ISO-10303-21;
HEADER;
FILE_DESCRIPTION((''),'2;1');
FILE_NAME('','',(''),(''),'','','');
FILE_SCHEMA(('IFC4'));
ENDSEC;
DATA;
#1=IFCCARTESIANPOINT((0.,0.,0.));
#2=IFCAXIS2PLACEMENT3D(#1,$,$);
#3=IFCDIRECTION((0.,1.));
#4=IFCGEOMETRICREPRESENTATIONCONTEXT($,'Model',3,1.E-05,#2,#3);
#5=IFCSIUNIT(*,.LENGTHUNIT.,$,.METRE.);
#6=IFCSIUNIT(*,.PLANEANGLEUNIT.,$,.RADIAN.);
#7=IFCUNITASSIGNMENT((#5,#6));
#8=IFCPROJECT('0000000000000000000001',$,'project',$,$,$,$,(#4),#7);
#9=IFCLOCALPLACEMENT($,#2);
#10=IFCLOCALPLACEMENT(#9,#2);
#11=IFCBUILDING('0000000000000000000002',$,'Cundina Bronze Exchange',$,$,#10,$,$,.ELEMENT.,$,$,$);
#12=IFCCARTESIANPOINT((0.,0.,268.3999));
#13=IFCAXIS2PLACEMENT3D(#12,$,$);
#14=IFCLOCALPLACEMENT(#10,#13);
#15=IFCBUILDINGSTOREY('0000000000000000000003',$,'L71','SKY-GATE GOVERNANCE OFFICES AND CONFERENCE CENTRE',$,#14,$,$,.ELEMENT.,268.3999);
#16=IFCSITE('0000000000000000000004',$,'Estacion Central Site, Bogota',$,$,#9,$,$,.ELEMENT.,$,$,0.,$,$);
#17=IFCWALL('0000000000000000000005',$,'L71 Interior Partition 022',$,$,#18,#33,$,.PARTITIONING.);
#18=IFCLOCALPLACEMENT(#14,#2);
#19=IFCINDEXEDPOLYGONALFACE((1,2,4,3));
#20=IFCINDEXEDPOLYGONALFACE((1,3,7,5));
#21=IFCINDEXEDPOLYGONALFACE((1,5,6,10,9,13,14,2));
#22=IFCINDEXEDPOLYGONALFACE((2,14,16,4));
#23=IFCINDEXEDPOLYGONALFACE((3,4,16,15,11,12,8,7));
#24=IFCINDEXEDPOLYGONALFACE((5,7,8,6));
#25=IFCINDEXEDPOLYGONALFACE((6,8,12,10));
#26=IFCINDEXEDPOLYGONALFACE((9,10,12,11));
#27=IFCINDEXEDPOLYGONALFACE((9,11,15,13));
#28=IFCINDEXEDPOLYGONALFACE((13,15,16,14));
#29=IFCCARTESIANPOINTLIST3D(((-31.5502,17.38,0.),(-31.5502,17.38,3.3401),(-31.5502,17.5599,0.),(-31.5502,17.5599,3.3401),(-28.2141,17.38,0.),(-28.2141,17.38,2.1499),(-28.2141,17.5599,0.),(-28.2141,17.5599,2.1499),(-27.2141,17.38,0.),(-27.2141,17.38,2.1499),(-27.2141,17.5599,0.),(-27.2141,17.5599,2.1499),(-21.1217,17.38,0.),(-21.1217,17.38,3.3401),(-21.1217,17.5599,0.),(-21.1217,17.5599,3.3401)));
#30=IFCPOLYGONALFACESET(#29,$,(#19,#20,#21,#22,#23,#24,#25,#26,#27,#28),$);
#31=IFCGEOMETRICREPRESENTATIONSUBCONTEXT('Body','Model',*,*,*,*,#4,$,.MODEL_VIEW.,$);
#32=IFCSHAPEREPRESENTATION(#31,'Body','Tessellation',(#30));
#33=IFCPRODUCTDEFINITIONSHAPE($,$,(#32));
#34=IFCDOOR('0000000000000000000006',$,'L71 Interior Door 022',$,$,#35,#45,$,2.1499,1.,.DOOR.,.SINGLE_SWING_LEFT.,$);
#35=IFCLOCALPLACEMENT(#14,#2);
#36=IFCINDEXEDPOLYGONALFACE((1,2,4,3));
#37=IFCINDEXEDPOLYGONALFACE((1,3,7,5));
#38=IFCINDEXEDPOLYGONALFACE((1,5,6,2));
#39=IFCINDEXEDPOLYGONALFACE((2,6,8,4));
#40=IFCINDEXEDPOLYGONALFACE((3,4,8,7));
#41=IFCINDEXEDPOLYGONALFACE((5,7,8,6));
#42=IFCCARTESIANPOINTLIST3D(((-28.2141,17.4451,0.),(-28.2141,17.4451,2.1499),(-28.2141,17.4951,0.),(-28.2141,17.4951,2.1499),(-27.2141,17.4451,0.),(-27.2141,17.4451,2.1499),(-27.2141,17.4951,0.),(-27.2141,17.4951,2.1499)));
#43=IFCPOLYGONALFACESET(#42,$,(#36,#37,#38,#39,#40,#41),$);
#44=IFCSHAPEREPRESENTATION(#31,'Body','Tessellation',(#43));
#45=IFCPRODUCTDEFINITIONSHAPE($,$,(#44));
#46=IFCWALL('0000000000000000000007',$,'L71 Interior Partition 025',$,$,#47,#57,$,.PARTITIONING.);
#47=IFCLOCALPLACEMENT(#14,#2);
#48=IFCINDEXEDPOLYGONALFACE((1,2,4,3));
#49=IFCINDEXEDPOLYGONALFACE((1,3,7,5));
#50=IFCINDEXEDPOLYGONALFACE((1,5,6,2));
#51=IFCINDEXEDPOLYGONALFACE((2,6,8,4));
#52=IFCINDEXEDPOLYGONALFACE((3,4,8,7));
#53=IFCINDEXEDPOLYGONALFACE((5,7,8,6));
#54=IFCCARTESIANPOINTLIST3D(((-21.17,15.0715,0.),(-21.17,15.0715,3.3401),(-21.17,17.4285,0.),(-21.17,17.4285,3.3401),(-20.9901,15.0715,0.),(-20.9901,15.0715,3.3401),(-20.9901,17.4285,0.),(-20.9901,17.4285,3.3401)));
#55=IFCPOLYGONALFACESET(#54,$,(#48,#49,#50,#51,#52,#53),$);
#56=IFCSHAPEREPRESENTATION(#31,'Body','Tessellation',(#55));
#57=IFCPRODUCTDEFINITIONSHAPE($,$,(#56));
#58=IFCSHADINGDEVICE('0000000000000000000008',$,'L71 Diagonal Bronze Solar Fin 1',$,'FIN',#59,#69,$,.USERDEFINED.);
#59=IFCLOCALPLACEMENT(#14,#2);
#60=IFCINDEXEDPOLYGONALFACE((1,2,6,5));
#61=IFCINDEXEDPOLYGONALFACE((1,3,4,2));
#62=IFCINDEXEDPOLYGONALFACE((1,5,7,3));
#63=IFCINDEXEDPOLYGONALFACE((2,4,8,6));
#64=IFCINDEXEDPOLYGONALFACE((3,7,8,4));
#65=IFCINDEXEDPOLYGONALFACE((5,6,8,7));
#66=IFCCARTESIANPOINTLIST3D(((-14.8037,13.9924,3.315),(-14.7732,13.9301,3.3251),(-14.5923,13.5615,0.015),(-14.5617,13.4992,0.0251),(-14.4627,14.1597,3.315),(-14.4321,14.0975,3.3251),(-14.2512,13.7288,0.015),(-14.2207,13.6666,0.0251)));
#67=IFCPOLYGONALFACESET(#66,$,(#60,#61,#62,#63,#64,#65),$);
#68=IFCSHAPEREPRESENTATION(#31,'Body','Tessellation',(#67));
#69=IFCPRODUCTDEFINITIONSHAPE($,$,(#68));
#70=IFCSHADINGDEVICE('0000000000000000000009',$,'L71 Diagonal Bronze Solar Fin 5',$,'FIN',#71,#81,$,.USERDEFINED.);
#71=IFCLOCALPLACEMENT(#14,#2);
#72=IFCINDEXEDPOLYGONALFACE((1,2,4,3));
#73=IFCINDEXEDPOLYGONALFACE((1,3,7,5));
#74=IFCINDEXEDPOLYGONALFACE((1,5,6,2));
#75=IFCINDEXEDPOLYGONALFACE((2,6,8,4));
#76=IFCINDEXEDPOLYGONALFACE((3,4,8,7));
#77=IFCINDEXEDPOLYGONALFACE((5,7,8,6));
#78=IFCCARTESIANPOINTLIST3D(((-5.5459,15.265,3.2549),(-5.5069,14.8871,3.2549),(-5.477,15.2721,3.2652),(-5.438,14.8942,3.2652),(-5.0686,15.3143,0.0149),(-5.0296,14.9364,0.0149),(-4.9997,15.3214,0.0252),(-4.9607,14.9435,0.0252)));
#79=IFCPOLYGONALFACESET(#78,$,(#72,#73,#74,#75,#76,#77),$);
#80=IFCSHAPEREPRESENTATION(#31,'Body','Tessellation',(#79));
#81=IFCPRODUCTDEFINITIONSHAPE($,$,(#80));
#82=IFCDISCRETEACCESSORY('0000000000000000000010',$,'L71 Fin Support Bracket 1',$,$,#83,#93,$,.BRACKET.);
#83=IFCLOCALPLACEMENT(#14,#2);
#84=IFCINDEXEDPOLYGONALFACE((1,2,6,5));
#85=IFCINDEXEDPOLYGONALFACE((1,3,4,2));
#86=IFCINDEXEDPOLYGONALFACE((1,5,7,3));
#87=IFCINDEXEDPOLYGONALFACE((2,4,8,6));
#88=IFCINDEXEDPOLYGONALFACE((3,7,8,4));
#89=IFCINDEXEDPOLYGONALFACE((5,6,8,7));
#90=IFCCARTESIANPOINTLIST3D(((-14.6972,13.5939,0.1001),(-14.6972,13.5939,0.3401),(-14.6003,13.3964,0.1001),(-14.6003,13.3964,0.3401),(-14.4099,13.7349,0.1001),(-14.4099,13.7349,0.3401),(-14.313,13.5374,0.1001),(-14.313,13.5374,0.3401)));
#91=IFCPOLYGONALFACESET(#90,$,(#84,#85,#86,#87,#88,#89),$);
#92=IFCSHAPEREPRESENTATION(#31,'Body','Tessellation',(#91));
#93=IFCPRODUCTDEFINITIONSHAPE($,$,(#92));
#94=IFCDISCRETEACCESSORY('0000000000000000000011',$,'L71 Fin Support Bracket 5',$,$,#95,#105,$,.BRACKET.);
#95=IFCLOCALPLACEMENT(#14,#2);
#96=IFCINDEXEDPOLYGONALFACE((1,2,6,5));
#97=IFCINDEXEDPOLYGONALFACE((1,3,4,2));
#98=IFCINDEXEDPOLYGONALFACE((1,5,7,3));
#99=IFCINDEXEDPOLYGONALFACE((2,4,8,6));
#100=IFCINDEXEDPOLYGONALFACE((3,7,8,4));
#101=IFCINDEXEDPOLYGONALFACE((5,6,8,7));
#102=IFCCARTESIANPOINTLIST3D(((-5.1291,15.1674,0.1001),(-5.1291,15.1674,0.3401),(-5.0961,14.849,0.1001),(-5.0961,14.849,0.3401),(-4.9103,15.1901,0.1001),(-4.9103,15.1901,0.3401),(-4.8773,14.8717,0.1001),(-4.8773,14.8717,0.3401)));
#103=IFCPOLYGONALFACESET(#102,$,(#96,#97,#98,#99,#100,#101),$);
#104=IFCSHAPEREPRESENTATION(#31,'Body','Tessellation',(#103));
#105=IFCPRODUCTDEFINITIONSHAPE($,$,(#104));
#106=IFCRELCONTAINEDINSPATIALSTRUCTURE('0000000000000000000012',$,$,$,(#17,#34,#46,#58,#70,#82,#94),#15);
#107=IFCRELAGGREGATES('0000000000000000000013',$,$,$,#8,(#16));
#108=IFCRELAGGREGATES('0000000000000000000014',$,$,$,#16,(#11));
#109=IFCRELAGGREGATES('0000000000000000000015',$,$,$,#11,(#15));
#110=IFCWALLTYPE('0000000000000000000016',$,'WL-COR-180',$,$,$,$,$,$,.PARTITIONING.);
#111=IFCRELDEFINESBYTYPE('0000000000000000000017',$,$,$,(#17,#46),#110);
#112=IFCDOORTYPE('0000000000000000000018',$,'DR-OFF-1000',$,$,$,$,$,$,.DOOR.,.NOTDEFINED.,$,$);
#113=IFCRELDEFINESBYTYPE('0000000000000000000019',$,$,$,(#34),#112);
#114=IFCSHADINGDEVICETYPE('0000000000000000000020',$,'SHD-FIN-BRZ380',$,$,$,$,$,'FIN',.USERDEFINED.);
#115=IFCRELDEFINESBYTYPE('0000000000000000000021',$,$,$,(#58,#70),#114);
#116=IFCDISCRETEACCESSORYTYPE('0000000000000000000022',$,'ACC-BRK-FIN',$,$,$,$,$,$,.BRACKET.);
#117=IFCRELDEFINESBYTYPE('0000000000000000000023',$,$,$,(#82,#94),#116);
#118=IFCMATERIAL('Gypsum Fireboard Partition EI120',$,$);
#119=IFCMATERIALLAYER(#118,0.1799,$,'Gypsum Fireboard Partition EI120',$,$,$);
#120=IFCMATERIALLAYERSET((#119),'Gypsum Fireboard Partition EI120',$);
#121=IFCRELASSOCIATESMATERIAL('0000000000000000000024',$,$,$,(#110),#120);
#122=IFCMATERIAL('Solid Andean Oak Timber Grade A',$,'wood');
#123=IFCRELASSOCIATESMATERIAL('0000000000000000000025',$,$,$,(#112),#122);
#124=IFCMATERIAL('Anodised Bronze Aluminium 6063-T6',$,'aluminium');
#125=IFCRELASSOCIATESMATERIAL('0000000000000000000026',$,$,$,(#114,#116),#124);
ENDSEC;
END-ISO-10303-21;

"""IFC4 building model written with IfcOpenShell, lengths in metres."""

from ifc_helpers import new_model, si_unit, direction, frame, frame_2d, origin, origin_2d, place, context, subcontext, project, spatial, rectangle, extrude, material, layer, layer_set, material_profile, profile_set, type_object, element, fill, save


model = new_model("IFC4")

# Units and contexts
model_context = context("Model", 3, precision=1e-05, world=origin(), true_north=direction((0.0, 1.0)))
body_context = subcontext(model_context, "Body", "Model", "MODEL_VIEW")
ifc_project = project(units=[si_unit("LENGTHUNIT", "METRE"), si_unit("PLANEANGLEUNIT", "RADIAN")], contexts=[model_context])

# Site, building, storey
site_placement = place(None, origin())
site = spatial("IfcSite", under=ifc_project, at=site_placement, Name="Estacion Central Site, Bogota", CompositionType="ELEMENT", RefElevation=0.0)
building_placement = place(site_placement, origin())
building = spatial("IfcBuilding", under=site, at=building_placement, Name="Cundina Bronze Exchange", CompositionType="ELEMENT")
storey_placement = place(building_placement, frame((0.0, 0.0, 268.3999)))
storey = spatial("IfcBuildingStorey", under=building, at=storey_placement, Name="L71", Description="SKY-GATE GOVERNANCE OFFICES AND CONFERENCE CENTRE", CompositionType="ELEMENT", Elevation=268.3999)

# Shared definitions
ifc_material_1 = material(Name="Anodised Bronze Aluminium 6063-T6", Category="aluminium")

# Wall, opening, door
ifc_material_2 = material(Name="Gypsum Fireboard Partition EI120")
ifc_layer_1 = layer(ifc_material_2, 0.1799, Name="Gypsum Fireboard Partition EI120")
ifc_layer_set_1 = layer_set([ifc_layer_1], Name="Gypsum Fireboard Partition EI120")
wall_type = type_object("IfcWallType", Name="WL-COR-180", PredefinedType="PARTITIONING", material=ifc_layer_set_1)
wall_1_placement = place(storey_placement, frame((-21.1216, 17.47, 0.0), z_axis=(0.0, 0.0, 1.0), x_axis=(-1.0, 0.0, 0.0)))
wall_1 = element("IfcWall", 1, at=wall_1_placement, inside=storey, type_object=wall_type, Name="L71 Interior Partition 022", PredefinedType="PARTITIONING", context=body_context, shape_type="SweptSolid", body=[
    extrude(rectangle(XDim=10.4285, YDim=0.1799, at=frame_2d((5.2144, 0.0))), origin(), (0.0, 0.0, 1.0), 3.3401),
])
opening_placement = place(wall_1_placement, frame((6.0925, 0.0, 0.0)))
opening = element("IfcOpeningElement", 2, at=opening_placement, cuts=wall_1, PredefinedType="OPENING", context=body_context, shape_type="SweptSolid", body=[
    extrude(rectangle(XDim=1.0, YDim=2.1499, at=frame_2d((0.5, 1.075))), frame((0.0, 0.0999, 0.0), z_axis=(0.0, -1.0, 0.0), x_axis=(1.0, 0.0, 0.0)), (0.0, 0.0, 1.0), 0.2),
])
ifc_material_3 = material(Name="Solid Andean Oak Timber Grade A", Category="wood")
door_type = type_object("IfcDoorType", Name="DR-OFF-1000", OperationType="NOTDEFINED", PredefinedType="DOOR", material=ifc_material_3)
door_placement = place(opening_placement, origin())
door = element("IfcDoor", 3, at=door_placement, inside=storey, type_object=door_type, Name="L71 Interior Door 022", OperationType="SINGLE_SWING_LEFT", OverallHeight=2.1499, OverallWidth=1.0, PredefinedType="DOOR", context=body_context, shape_type="SweptSolid", body=[
    extrude(rectangle(XDim=1.0, YDim=2.1499, at=frame_2d((0.5, 1.075))), frame((0.0, 0.0249, 0.0), z_axis=(0.0, -1.0, 0.0), x_axis=(1.0, 0.0, 0.0)), (0.0, 0.0, 1.0), 0.05),
])
fill(opening, door)

# Wall
wall_2_placement = place(storey_placement, frame((-21.0801, 15.0715, 0.0), z_axis=(0.0, 0.0, 1.0), x_axis=(0.0, 1.0, 0.0)))
element("IfcWall", 4, at=wall_2_placement, inside=storey, type_object=wall_type, Name="L71 Interior Partition 025", PredefinedType="PARTITIONING", context=body_context, shape_type="SweptSolid", body=[
    extrude(rectangle(XDim=2.3569, YDim=0.1799, at=frame_2d((1.1785, 0.0))), origin(), (0.0, 0.0, 1.0), 3.3401),
])

# Shading devices
ifc_material_profile_1 = material_profile(ifc_material_1, rectangle(XDim=0.0701, YDim=0.3799, at=origin_2d()), Name="FIN70X380", Category="aluminium")
ifc_profile_set_1 = profile_set([ifc_material_profile_1], Name="Anodised Bronze Aluminium 6063-T6")
shading_device_type = type_object("IfcShadingDeviceType", Name="SHD-FIN-BRZ380", ElementType="FIN", PredefinedType="USERDEFINED", material=ifc_profile_set_1)
shading_device_1_placement = place(storey_placement, frame((-14.4065, 13.614, 0.02), z_axis=(-0.0634, 0.129217, 0.989588), x_axis=(0.4359, -0.888411, 0.143932)))
element("IfcShadingDevice", 5, at=shading_device_1_placement, inside=storey, type_object=shading_device_type, Name="L71 Diagonal Bronze Solar Fin 1", ObjectType="FIN", PredefinedType="USERDEFINED", context=body_context, shape_type="SweptSolid", body=[
    extrude(rectangle(XDim=0.0701, YDim=0.3799, at=origin_2d()), origin(), (0.0, 0.0, 1.0), 3.3347),
])
shading_device_2_placement = place(storey_placement, frame((-5.0146, 15.1289, 0.02), z_axis=(-0.145724, -0.015057, 0.989211), x_axis=(0.983972, 0.101669, 0.1465)))
element("IfcShadingDevice", 6, at=shading_device_2_placement, inside=storey, type_object=shading_device_type, Name="L71 Diagonal Bronze Solar Fin 5", ObjectType="FIN", PredefinedType="USERDEFINED", context=body_context, shape_type="SweptSolid", body=[
    extrude(rectangle(XDim=0.0701, YDim=0.3799, at=origin_2d()), origin(), (0.0, 0.0, 1.0), 3.2754),
])

# Discrete accessories
discrete_accessory_type = type_object("IfcDiscreteAccessoryType", Name="ACC-BRK-FIN", PredefinedType="BRACKET", material=ifc_material_1)
for number, where, z_axis, x_axis, name in (
    (7, (-14.5051, 13.5657, 0.1001), (0.0, 0.0, 1.0), (-0.440503, 0.897751, 0.0), "L71 Fin Support Bracket 1"),
    (8, (-5.0032, 15.0195, 0.1001), (0.0, 0.0, 1.0), (-0.994672, -0.103088, 0.0), "L71 Fin Support Bracket 5"),
):
    element("IfcDiscreteAccessory", number, at=place(storey_placement, frame(where, z_axis=z_axis, x_axis=x_axis)), inside=storey, type_object=discrete_accessory_type, Name=name, PredefinedType="BRACKET", context=body_context, shape_type="SweptSolid", body=[
        extrude(rectangle(XDim=0.22, YDim=0.3201, at=origin_2d()), origin(), (0.0, 0.0, 1.0), 0.24),
    ])

save(model, "model.ifc")
